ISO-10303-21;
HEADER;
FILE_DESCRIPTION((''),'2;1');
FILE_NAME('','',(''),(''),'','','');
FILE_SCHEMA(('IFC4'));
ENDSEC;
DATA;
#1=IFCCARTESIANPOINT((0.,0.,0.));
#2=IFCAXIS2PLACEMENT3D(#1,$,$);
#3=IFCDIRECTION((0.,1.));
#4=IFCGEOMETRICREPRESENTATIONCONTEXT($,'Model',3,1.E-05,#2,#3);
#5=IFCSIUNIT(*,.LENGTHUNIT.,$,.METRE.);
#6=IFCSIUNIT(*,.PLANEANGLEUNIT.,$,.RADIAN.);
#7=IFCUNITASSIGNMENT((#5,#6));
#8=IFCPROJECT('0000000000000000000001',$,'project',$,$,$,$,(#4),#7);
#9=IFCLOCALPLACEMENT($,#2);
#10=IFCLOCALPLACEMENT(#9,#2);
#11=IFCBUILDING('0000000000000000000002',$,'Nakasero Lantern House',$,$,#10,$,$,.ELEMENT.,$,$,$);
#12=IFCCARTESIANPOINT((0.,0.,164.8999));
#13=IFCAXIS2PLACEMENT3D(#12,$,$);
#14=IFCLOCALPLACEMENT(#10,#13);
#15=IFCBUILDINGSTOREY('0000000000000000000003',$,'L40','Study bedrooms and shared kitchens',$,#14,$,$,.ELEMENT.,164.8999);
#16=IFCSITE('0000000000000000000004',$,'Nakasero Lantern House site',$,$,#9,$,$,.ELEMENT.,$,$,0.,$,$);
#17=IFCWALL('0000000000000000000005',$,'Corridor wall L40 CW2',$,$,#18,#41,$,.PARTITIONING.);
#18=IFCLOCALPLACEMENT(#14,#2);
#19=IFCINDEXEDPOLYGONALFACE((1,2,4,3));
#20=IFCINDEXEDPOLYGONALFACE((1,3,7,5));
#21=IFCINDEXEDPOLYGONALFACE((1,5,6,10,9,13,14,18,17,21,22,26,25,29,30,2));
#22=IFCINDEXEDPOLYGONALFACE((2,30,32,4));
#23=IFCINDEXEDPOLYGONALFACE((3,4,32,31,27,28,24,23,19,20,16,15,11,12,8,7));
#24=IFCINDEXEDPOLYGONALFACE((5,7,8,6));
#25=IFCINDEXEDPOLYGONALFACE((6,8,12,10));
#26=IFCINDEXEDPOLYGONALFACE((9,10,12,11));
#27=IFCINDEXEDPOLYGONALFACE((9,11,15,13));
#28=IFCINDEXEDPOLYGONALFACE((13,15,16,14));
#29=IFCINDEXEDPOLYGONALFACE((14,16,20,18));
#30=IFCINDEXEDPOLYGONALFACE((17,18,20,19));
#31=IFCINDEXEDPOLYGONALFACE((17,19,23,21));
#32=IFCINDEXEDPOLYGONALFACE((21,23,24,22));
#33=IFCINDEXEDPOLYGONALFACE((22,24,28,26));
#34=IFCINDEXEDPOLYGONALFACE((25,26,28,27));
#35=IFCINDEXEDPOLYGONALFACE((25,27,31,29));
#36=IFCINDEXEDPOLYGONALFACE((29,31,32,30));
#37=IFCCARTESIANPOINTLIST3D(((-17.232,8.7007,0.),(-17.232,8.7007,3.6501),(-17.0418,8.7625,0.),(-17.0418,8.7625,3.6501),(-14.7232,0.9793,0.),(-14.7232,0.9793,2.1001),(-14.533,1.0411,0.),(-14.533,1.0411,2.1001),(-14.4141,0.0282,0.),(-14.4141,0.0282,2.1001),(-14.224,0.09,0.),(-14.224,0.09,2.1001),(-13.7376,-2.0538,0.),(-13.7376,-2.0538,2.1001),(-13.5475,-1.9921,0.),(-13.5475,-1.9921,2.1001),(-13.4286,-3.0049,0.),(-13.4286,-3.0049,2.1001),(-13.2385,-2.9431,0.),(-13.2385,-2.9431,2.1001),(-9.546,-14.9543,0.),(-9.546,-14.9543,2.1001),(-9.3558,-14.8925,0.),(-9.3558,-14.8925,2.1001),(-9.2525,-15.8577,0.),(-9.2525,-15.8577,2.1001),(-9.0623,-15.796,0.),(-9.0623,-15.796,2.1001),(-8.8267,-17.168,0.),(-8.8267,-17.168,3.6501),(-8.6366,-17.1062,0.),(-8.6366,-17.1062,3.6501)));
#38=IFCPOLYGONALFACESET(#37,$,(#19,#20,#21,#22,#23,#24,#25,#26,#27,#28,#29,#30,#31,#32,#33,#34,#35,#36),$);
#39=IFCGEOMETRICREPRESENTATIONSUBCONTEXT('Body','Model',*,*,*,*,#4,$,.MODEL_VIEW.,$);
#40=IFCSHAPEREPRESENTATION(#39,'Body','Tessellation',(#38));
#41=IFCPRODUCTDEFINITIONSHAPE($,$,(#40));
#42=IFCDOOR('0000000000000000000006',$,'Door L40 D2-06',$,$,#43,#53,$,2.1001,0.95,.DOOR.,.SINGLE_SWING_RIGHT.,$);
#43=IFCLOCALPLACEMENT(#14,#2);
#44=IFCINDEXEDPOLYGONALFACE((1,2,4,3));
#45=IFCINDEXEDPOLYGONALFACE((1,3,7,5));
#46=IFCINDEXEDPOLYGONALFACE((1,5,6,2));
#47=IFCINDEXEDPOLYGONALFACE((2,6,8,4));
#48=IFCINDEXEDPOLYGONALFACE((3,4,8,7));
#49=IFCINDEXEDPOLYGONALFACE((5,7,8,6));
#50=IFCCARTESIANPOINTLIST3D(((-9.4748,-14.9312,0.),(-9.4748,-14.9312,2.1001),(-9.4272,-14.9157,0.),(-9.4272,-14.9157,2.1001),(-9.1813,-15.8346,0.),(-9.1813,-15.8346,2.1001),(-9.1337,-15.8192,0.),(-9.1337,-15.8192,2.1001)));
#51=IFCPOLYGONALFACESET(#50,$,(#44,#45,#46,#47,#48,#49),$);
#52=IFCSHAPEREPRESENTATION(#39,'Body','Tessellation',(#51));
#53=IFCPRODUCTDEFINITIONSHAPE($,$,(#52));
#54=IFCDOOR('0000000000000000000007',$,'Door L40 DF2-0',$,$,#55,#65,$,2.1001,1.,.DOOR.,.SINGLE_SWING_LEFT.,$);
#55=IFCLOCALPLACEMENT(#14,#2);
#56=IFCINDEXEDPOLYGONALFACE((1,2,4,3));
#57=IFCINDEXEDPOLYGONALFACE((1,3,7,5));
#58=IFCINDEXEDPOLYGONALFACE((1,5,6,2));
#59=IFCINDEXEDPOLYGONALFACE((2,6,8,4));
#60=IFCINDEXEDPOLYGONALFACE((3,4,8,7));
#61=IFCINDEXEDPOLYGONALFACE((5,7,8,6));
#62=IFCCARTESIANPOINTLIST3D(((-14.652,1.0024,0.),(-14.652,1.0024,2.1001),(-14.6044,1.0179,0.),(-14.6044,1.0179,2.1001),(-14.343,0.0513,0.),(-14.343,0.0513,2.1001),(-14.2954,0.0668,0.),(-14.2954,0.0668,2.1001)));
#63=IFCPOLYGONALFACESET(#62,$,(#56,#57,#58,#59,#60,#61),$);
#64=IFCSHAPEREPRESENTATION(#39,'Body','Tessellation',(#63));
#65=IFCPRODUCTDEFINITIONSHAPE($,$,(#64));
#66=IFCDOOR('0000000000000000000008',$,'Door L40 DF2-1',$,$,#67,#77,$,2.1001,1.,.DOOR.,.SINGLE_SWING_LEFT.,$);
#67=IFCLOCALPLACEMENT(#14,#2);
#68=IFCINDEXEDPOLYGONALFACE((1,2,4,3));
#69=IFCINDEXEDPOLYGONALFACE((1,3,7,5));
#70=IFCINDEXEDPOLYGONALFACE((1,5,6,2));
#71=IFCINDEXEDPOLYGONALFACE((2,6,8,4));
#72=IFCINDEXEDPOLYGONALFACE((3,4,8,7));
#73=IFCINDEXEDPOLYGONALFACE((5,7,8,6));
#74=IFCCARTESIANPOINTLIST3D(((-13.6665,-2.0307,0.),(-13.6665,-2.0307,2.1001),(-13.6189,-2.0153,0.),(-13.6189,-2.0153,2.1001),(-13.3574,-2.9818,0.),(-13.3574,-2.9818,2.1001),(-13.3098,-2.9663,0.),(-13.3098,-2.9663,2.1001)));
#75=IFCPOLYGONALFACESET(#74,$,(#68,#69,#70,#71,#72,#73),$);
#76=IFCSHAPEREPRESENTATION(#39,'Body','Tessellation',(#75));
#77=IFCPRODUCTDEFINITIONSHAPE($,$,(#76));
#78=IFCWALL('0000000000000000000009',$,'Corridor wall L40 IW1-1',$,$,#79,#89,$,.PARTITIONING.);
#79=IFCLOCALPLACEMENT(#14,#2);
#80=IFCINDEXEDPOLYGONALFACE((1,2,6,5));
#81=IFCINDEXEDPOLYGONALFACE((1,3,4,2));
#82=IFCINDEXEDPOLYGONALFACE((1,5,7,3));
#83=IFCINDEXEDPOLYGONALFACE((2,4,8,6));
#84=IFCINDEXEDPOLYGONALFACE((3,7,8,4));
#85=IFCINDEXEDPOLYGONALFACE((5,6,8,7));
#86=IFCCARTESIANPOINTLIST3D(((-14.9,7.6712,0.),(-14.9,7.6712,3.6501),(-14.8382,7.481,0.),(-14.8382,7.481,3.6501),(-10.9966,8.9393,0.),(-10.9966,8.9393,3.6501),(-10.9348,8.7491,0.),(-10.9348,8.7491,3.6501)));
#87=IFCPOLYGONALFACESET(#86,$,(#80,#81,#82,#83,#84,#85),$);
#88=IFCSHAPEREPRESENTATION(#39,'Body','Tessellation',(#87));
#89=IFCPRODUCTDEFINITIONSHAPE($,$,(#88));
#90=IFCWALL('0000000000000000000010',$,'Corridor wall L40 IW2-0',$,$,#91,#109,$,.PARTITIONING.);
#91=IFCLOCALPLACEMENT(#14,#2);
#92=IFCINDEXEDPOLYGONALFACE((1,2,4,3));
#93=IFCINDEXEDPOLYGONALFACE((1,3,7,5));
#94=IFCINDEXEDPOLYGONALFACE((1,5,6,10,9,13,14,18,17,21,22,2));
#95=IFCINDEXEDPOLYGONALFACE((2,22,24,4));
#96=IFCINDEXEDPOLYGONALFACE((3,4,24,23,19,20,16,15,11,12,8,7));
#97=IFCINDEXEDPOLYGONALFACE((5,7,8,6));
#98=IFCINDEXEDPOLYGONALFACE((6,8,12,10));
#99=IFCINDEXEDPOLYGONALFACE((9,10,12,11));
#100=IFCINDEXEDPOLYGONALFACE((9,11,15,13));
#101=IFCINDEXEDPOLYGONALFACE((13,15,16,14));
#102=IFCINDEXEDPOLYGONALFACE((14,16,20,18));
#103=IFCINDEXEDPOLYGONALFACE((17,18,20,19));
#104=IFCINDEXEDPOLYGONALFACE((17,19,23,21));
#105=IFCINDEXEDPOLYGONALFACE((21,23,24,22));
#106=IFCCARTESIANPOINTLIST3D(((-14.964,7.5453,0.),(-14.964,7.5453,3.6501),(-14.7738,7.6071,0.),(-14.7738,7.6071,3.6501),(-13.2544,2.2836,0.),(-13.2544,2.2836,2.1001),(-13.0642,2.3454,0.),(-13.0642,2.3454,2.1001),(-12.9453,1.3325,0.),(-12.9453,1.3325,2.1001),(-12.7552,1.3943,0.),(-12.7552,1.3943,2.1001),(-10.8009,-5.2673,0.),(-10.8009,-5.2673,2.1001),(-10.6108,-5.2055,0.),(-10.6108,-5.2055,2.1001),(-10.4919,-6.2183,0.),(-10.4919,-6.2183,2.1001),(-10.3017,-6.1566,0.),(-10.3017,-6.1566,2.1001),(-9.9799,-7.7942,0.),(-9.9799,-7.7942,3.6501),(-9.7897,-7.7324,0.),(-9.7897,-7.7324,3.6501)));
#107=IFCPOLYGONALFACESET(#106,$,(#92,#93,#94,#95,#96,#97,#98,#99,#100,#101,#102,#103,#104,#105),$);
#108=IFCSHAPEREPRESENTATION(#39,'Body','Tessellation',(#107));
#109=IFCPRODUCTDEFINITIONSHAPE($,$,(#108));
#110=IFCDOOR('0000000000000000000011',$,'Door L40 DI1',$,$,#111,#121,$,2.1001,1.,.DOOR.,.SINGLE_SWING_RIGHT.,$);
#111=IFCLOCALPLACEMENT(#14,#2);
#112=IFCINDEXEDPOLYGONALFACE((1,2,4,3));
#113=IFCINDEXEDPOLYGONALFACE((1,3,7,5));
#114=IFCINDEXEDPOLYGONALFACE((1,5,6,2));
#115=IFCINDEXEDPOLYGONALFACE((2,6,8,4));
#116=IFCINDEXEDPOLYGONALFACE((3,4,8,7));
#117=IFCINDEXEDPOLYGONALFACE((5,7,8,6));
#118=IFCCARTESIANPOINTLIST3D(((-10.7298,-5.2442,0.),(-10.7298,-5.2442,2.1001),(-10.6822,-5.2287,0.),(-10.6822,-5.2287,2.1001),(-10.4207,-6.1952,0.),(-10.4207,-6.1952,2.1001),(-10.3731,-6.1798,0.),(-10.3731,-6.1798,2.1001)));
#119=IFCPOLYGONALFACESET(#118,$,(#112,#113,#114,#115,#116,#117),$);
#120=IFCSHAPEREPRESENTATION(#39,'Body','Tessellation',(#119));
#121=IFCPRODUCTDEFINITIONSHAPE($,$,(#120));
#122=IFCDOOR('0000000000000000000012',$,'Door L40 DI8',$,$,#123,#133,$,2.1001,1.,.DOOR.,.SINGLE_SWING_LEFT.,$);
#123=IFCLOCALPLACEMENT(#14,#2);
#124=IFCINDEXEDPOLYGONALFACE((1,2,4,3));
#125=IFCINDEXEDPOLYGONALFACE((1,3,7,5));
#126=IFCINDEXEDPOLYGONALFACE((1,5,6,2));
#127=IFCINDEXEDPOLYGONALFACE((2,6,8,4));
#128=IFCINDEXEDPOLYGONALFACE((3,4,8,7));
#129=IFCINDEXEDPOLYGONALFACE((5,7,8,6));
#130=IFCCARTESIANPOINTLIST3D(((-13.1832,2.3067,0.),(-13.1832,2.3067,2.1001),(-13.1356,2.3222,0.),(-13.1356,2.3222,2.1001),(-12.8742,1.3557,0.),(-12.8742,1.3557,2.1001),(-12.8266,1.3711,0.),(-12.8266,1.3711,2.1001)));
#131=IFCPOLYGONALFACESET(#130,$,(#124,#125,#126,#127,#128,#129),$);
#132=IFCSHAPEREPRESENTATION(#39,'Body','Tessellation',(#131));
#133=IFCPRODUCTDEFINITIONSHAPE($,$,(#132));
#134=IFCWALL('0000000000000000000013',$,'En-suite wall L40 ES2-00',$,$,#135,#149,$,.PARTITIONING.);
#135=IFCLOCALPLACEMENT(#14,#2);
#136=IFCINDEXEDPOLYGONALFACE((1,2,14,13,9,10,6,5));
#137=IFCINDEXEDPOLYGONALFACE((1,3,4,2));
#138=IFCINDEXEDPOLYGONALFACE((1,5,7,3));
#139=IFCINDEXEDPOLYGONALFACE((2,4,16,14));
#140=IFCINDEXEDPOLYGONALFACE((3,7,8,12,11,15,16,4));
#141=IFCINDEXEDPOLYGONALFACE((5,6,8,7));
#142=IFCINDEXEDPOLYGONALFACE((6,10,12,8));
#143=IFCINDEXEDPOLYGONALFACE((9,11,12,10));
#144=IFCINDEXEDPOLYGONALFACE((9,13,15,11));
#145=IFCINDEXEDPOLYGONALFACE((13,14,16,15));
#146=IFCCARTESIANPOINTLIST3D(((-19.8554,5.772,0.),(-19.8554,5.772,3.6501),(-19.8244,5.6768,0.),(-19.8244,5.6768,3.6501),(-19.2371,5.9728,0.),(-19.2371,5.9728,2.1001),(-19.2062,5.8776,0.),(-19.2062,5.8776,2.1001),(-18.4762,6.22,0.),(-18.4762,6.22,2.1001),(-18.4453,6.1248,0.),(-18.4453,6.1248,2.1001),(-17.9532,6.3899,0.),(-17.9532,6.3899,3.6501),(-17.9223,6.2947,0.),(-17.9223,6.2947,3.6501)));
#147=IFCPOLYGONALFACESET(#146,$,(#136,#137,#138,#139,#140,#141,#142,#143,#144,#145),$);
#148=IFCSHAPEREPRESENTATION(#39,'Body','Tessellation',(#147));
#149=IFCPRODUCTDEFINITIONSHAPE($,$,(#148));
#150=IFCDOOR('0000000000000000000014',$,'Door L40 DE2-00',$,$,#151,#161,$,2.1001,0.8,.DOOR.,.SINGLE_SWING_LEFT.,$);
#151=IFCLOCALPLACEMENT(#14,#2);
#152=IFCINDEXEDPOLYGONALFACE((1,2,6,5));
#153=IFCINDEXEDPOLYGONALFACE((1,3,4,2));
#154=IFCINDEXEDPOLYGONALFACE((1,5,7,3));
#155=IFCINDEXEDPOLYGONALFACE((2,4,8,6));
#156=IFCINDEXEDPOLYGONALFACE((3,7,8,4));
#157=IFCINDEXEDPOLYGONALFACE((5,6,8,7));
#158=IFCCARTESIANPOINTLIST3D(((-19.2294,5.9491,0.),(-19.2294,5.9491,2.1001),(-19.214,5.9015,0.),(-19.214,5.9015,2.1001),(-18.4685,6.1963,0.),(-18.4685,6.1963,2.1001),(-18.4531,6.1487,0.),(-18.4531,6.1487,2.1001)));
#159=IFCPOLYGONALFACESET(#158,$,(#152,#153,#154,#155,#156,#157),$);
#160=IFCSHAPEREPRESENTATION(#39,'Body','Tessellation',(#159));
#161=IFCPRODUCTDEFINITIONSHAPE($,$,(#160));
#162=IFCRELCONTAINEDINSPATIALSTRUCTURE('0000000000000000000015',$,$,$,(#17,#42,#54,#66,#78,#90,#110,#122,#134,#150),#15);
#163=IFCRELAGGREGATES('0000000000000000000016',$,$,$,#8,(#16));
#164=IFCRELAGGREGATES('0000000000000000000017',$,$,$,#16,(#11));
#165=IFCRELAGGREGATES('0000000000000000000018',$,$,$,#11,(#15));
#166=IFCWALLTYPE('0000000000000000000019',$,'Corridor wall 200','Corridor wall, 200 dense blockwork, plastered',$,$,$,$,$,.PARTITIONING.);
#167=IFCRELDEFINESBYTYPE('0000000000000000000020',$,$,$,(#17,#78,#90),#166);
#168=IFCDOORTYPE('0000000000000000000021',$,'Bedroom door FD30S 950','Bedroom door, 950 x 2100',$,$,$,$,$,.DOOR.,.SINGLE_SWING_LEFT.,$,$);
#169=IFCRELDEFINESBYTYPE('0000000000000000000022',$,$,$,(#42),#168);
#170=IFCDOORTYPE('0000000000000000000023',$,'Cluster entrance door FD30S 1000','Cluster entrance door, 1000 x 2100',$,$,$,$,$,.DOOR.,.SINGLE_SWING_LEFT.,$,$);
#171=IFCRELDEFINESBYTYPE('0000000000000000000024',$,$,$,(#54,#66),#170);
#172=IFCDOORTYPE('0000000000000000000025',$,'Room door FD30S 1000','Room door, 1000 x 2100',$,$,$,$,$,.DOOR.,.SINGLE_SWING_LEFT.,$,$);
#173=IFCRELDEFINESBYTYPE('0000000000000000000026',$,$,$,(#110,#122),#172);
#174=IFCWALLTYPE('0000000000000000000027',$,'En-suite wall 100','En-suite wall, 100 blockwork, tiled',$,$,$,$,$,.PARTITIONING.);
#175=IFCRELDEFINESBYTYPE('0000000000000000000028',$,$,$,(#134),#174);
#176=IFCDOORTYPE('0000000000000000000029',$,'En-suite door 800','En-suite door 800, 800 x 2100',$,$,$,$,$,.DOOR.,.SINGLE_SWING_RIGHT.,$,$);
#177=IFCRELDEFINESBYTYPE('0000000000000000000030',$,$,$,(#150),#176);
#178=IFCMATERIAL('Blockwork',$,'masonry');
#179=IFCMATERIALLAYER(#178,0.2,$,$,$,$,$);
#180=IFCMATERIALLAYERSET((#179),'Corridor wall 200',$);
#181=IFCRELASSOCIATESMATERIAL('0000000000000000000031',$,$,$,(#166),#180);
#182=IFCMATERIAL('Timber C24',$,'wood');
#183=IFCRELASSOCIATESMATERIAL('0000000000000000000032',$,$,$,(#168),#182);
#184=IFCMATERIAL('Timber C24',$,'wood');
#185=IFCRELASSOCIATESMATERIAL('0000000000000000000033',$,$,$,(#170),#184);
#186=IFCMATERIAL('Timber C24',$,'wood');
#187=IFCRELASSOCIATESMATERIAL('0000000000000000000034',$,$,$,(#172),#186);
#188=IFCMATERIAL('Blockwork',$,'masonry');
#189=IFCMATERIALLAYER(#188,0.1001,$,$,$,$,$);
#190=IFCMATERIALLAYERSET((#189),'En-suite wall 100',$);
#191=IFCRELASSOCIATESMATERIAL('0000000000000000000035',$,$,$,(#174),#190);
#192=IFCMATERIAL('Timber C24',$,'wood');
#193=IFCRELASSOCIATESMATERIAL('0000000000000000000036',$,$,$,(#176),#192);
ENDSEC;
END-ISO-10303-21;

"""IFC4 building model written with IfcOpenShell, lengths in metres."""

from ifc_helpers import new_model, si_unit, direction, frame, frame_2d, origin, place, context, subcontext, project, spatial, rectangle, extrude, material, layer, layer_set, type_object, element, fill, save


model = new_model("IFC4")

# Units and contexts
model_context = context("Model", 3, precision=1e-05, world=origin(), true_north=direction((0.0, 1.0)))
body_context = subcontext(model_context, "Body", "Model", "MODEL_VIEW")
ifc_project = project(units=[si_unit("LENGTHUNIT", "METRE"), si_unit("PLANEANGLEUNIT", "RADIAN")], contexts=[model_context])

# Site, building, storey
site_placement = place(None, origin())
site = spatial("IfcSite", under=ifc_project, at=site_placement, Name="Nakasero Lantern House site", CompositionType="ELEMENT", RefElevation=0.0)
building_placement = place(site_placement, origin())
building = spatial("IfcBuilding", under=site, at=building_placement, Name="Nakasero Lantern House", CompositionType="ELEMENT")
storey_placement = place(building_placement, frame((0.0, 0.0, 164.8999)))
storey = spatial("IfcBuildingStorey", under=building, at=storey_placement, Name="L40", Description="Study bedrooms and shared kitchens", CompositionType="ELEMENT", Elevation=164.8999)

# Wall, openings, doors
ifc_material_1 = material(Name="Blockwork", Category="masonry")
ifc_layer_1 = layer(ifc_material_1, 0.2)
ifc_layer_set_1 = layer_set([ifc_layer_1], Name="Corridor wall 200")
wall_type_1 = type_object("IfcWallType", Name="Corridor wall 200", Description="Corridor wall, 200 dense blockwork, plastered", PredefinedType="PARTITIONING", material=ifc_layer_set_1)
wall_1_placement = place(storey_placement, frame((-17.137, 8.7317, 0.0), z_axis=(0.0, 0.0, 1.0), x_axis=(0.309018, -0.951056, 0.0)))
wall_1 = element("IfcWall", 1, at=wall_1_placement, inside=storey, type_object=wall_type_1, Name="Corridor wall L40 CW2", PredefinedType="PARTITIONING", context=body_context, shape_type="SweptSolid", body=[
    extrude(rectangle(XDim=27.2, YDim=0.2, at=frame_2d((13.6001, 0.0))), origin(), (0.0, 0.0, 1.0), 3.6501),
])
opening_1_placement = place(wall_1_placement, frame((8.1189, 0.0, 0.0)))
opening_1 = element("IfcOpeningElement", 2, at=opening_1_placement, cuts=wall_1, PredefinedType="OPENING", context=body_context, shape_type="SweptSolid", body=[
    extrude(rectangle(XDim=1.0, YDim=2.1001, at=frame_2d((0.5, 1.05))), frame((0.0, 0.1199, 0.0), z_axis=(0.0, -1.0, 0.0), x_axis=(1.0, 0.0, 0.0)), (0.0, 0.0, 1.0), 0.24),
])
opening_2_placement = place(wall_1_placement, frame((11.3081, 0.0, 0.0)))
opening_2 = element("IfcOpeningElement", 3, at=opening_2_placement, cuts=wall_1, PredefinedType="OPENING", context=body_context, shape_type="SweptSolid", body=[
    extrude(rectangle(XDim=1.0, YDim=2.1001, at=frame_2d((0.5, 1.05))), frame((0.0, 0.1199, 0.0), z_axis=(0.0, -1.0, 0.0), x_axis=(1.0, 0.0, 0.0)), (0.0, 0.0, 1.0), 0.24),
])
opening_3_placement = place(wall_1_placement, frame((24.8723, 0.0, 0.0)))
opening_3 = element("IfcOpeningElement", 4, at=opening_3_placement, cuts=wall_1, PredefinedType="OPENING", context=body_context, shape_type="SweptSolid", body=[
    extrude(rectangle(XDim=0.95, YDim=2.1001, at=frame_2d((0.4751, 1.05))), frame((0.0, 0.1199, 0.0), z_axis=(0.0, -1.0, 0.0), x_axis=(1.0, 0.0, 0.0)), (0.0, 0.0, 1.0), 0.24),
])
ifc_material_2 = material(Name="Timber C24", Category="wood")
door_type_1 = type_object("IfcDoorType", Name="Bedroom door FD30S 950", Description="Bedroom door, 950 x 2100", OperationType="SINGLE_SWING_LEFT", PredefinedType="DOOR", material=ifc_material_2)
door_1_placement = place(opening_3_placement, origin())
door_1 = element("IfcDoor", 5, at=door_1_placement, inside=storey, type_object=door_type_1, Name="Door L40 D2-06", OperationType="SINGLE_SWING_RIGHT", OverallHeight=2.1001, OverallWidth=0.95, PredefinedType="DOOR", context=body_context, shape_type="SweptSolid", body=[
    extrude(rectangle(XDim=0.95, YDim=2.1001, at=frame_2d((0.4751, 1.05))), frame((0.0, 0.0249, 0.0), z_axis=(0.0, -1.0, 0.0), x_axis=(1.0, 0.0, 0.0)), (0.0, 0.0, 1.0), 0.05),
])
fill(opening_3, door_1)
ifc_material_3 = material(Name="Timber C24", Category="wood")
door_type_2 = type_object("IfcDoorType", Name="Cluster entrance door FD30S 1000", Description="Cluster entrance door, 1000 x 2100", OperationType="SINGLE_SWING_LEFT", PredefinedType="DOOR", material=ifc_material_3)
door_2_placement = place(opening_1_placement, origin())
door_2 = element("IfcDoor", 6, at=door_2_placement, inside=storey, type_object=door_type_2, Name="Door L40 DF2-0", OperationType="SINGLE_SWING_LEFT", OverallHeight=2.1001, OverallWidth=1.0, PredefinedType="DOOR", context=body_context, shape_type="SweptSolid", body=[
    extrude(rectangle(XDim=1.0, YDim=2.1001, at=frame_2d((0.5, 1.05))), frame((0.0, 0.0249, 0.0), z_axis=(0.0, -1.0, 0.0), x_axis=(1.0, 0.0, 0.0)), (0.0, 0.0, 1.0), 0.05),
])
fill(opening_1, door_2)
door_3_placement = place(opening_2_placement, origin())
door_3 = element("IfcDoor", 7, at=door_3_placement, inside=storey, type_object=door_type_2, Name="Door L40 DF2-1", OperationType="SINGLE_SWING_LEFT", OverallHeight=2.1001, OverallWidth=1.0, PredefinedType="DOOR", context=body_context, shape_type="SweptSolid", body=[
    extrude(rectangle(XDim=1.0, YDim=2.1001, at=frame_2d((0.5, 1.05))), frame((0.0, 0.0249, 0.0), z_axis=(0.0, -1.0, 0.0), x_axis=(1.0, 0.0, 0.0)), (0.0, 0.0, 1.0), 0.05),
])
fill(opening_2, door_3)

# Wall
wall_2_placement = place(storey_placement, frame((-10.9656, 8.8442, 0.0), z_axis=(0.0, 0.0, 1.0), x_axis=(-0.951071, -0.308973, 0.0)))
element("IfcWall", 8, at=wall_2_placement, inside=storey, type_object=wall_type_1, Name="Corridor wall L40 IW1-1", PredefinedType="PARTITIONING", context=body_context, shape_type="SweptSolid", body=[
    extrude(rectangle(XDim=4.1042, YDim=0.2, at=frame_2d((2.0522, 0.0))), origin(), (0.0, 0.0, 1.0), 3.6501),
])

# Wall, openings, doors
wall_3_placement = place(storey_placement, frame((-14.8689, 7.5762, 0.0), z_axis=(0.0, 0.0, 1.0), x_axis=(0.309017, -0.951057, 0.0)))
wall_3 = element("IfcWall", 9, at=wall_3_placement, inside=storey, type_object=wall_type_1, Name="Corridor wall L40 IW2-0", PredefinedType="PARTITIONING", context=body_context, shape_type="SweptSolid", body=[
    extrude(rectangle(XDim=16.1289, YDim=0.2, at=frame_2d((8.0645, 0.0))), origin(), (0.0, 0.0, 1.0), 3.6501),
])
opening_4_placement = place(wall_3_placement, frame((13.4719, 0.0, 0.0)))
opening_4 = element("IfcOpeningElement", 10, at=opening_4_placement, cuts=wall_3, PredefinedType="OPENING", context=body_context, shape_type="SweptSolid", body=[
    extrude(rectangle(XDim=1.0, YDim=2.1001, at=frame_2d((0.5, 1.05))), frame((0.0, 0.1199, 0.0), z_axis=(0.0, -1.0, 0.0), x_axis=(1.0, 0.0, 0.0)), (0.0, 0.0, 1.0), 0.24),
])
opening_5_placement = place(wall_3_placement, frame((5.5325, 0.0, 0.0)))
opening_5 = element("IfcOpeningElement", 11, at=opening_5_placement, cuts=wall_3, PredefinedType="OPENING", context=body_context, shape_type="SweptSolid", body=[
    extrude(rectangle(XDim=1.0, YDim=2.1001, at=frame_2d((0.5, 1.05))), frame((0.0, 0.1199, 0.0), z_axis=(0.0, -1.0, 0.0), x_axis=(1.0, 0.0, 0.0)), (0.0, 0.0, 1.0), 0.24),
])
ifc_material_4 = material(Name="Timber C24", Category="wood")
door_type_3 = type_object("IfcDoorType", Name="Room door FD30S 1000", Description="Room door, 1000 x 2100", OperationType="SINGLE_SWING_LEFT", PredefinedType="DOOR", material=ifc_material_4)
door_4_placement = place(opening_4_placement, origin())
door_4 = element("IfcDoor", 12, at=door_4_placement, inside=storey, type_object=door_type_3, Name="Door L40 DI1", OperationType="SINGLE_SWING_RIGHT", OverallHeight=2.1001, OverallWidth=1.0, PredefinedType="DOOR", context=body_context, shape_type="SweptSolid", body=[
    extrude(rectangle(XDim=1.0, YDim=2.1001, at=frame_2d((0.5, 1.05))), frame((0.0, 0.0249, 0.0), z_axis=(0.0, -1.0, 0.0), x_axis=(1.0, 0.0, 0.0)), (0.0, 0.0, 1.0), 0.05),
])
fill(opening_4, door_4)
door_5_placement = place(opening_5_placement, origin())
door_5 = element("IfcDoor", 13, at=door_5_placement, inside=storey, type_object=door_type_3, Name="Door L40 DI8", OperationType="SINGLE_SWING_LEFT", OverallHeight=2.1001, OverallWidth=1.0, PredefinedType="DOOR", context=body_context, shape_type="SweptSolid", body=[
    extrude(rectangle(XDim=1.0, YDim=2.1001, at=frame_2d((0.5, 1.05))), frame((0.0, 0.0249, 0.0), z_axis=(0.0, -1.0, 0.0), x_axis=(1.0, 0.0, 0.0)), (0.0, 0.0, 1.0), 0.05),
])
fill(opening_5, door_5)

# Wall, opening, door
ifc_material_5 = material(Name="Blockwork", Category="masonry")
ifc_layer_2 = layer(ifc_material_5, 0.1001)
ifc_layer_set_2 = layer_set([ifc_layer_2], Name="En-suite wall 100")
wall_type_2 = type_object("IfcWallType", Name="En-suite wall 100", Description="En-suite wall, 100 blockwork, tiled", PredefinedType="PARTITIONING", material=ifc_layer_set_2)
wall_4_placement = place(storey_placement, frame((-17.9377, 6.3423, 0.0), z_axis=(0.0, 0.0, 1.0), x_axis=(-0.951073, -0.308967, 0.0)))
wall_4 = element("IfcWall", 14, at=wall_4_placement, inside=storey, type_object=wall_type_2, Name="En-suite wall L40 ES2-00", PredefinedType="PARTITIONING", context=body_context, shape_type="SweptSolid", body=[
    extrude(rectangle(XDim=2.0, YDim=0.1001, at=frame_2d((1.0, 0.0))), origin(), (0.0, 0.0, 1.0), 3.6501),
])
opening_6_placement = place(wall_4_placement, frame((0.55, 0.0, 0.0)))
opening_6 = element("IfcOpeningElement", 15, at=opening_6_placement, cuts=wall_4, PredefinedType="OPENING", context=body_context, shape_type="SweptSolid", body=[
    extrude(rectangle(XDim=0.8, YDim=2.1001, at=frame_2d((0.3999, 1.05))), frame((0.0, 0.0701, 0.0), z_axis=(0.0, -1.0, 0.0), x_axis=(1.0, 0.0, 0.0)), (0.0, 0.0, 1.0), 0.1401),
])
ifc_material_6 = material(Name="Timber C24", Category="wood")
door_type_4 = type_object("IfcDoorType", Name="En-suite door 800", Description="En-suite door 800, 800 x 2100", OperationType="SINGLE_SWING_RIGHT", PredefinedType="DOOR", material=ifc_material_6)
door_6_placement = place(opening_6_placement, origin())
door_6 = element("IfcDoor", 16, at=door_6_placement, inside=storey, type_object=door_type_4, Name="Door L40 DE2-00", OperationType="SINGLE_SWING_LEFT", OverallHeight=2.1001, OverallWidth=0.8, PredefinedType="DOOR", context=body_context, shape_type="SweptSolid", body=[
    extrude(rectangle(XDim=0.8, YDim=2.1001, at=frame_2d((0.3999, 1.05))), frame((0.0, 0.0249, 0.0), z_axis=(0.0, -1.0, 0.0), x_axis=(1.0, 0.0, 0.0)), (0.0, 0.0, 1.0), 0.05),
])
fill(opening_6, door_6)

save(model, "model.ifc")
